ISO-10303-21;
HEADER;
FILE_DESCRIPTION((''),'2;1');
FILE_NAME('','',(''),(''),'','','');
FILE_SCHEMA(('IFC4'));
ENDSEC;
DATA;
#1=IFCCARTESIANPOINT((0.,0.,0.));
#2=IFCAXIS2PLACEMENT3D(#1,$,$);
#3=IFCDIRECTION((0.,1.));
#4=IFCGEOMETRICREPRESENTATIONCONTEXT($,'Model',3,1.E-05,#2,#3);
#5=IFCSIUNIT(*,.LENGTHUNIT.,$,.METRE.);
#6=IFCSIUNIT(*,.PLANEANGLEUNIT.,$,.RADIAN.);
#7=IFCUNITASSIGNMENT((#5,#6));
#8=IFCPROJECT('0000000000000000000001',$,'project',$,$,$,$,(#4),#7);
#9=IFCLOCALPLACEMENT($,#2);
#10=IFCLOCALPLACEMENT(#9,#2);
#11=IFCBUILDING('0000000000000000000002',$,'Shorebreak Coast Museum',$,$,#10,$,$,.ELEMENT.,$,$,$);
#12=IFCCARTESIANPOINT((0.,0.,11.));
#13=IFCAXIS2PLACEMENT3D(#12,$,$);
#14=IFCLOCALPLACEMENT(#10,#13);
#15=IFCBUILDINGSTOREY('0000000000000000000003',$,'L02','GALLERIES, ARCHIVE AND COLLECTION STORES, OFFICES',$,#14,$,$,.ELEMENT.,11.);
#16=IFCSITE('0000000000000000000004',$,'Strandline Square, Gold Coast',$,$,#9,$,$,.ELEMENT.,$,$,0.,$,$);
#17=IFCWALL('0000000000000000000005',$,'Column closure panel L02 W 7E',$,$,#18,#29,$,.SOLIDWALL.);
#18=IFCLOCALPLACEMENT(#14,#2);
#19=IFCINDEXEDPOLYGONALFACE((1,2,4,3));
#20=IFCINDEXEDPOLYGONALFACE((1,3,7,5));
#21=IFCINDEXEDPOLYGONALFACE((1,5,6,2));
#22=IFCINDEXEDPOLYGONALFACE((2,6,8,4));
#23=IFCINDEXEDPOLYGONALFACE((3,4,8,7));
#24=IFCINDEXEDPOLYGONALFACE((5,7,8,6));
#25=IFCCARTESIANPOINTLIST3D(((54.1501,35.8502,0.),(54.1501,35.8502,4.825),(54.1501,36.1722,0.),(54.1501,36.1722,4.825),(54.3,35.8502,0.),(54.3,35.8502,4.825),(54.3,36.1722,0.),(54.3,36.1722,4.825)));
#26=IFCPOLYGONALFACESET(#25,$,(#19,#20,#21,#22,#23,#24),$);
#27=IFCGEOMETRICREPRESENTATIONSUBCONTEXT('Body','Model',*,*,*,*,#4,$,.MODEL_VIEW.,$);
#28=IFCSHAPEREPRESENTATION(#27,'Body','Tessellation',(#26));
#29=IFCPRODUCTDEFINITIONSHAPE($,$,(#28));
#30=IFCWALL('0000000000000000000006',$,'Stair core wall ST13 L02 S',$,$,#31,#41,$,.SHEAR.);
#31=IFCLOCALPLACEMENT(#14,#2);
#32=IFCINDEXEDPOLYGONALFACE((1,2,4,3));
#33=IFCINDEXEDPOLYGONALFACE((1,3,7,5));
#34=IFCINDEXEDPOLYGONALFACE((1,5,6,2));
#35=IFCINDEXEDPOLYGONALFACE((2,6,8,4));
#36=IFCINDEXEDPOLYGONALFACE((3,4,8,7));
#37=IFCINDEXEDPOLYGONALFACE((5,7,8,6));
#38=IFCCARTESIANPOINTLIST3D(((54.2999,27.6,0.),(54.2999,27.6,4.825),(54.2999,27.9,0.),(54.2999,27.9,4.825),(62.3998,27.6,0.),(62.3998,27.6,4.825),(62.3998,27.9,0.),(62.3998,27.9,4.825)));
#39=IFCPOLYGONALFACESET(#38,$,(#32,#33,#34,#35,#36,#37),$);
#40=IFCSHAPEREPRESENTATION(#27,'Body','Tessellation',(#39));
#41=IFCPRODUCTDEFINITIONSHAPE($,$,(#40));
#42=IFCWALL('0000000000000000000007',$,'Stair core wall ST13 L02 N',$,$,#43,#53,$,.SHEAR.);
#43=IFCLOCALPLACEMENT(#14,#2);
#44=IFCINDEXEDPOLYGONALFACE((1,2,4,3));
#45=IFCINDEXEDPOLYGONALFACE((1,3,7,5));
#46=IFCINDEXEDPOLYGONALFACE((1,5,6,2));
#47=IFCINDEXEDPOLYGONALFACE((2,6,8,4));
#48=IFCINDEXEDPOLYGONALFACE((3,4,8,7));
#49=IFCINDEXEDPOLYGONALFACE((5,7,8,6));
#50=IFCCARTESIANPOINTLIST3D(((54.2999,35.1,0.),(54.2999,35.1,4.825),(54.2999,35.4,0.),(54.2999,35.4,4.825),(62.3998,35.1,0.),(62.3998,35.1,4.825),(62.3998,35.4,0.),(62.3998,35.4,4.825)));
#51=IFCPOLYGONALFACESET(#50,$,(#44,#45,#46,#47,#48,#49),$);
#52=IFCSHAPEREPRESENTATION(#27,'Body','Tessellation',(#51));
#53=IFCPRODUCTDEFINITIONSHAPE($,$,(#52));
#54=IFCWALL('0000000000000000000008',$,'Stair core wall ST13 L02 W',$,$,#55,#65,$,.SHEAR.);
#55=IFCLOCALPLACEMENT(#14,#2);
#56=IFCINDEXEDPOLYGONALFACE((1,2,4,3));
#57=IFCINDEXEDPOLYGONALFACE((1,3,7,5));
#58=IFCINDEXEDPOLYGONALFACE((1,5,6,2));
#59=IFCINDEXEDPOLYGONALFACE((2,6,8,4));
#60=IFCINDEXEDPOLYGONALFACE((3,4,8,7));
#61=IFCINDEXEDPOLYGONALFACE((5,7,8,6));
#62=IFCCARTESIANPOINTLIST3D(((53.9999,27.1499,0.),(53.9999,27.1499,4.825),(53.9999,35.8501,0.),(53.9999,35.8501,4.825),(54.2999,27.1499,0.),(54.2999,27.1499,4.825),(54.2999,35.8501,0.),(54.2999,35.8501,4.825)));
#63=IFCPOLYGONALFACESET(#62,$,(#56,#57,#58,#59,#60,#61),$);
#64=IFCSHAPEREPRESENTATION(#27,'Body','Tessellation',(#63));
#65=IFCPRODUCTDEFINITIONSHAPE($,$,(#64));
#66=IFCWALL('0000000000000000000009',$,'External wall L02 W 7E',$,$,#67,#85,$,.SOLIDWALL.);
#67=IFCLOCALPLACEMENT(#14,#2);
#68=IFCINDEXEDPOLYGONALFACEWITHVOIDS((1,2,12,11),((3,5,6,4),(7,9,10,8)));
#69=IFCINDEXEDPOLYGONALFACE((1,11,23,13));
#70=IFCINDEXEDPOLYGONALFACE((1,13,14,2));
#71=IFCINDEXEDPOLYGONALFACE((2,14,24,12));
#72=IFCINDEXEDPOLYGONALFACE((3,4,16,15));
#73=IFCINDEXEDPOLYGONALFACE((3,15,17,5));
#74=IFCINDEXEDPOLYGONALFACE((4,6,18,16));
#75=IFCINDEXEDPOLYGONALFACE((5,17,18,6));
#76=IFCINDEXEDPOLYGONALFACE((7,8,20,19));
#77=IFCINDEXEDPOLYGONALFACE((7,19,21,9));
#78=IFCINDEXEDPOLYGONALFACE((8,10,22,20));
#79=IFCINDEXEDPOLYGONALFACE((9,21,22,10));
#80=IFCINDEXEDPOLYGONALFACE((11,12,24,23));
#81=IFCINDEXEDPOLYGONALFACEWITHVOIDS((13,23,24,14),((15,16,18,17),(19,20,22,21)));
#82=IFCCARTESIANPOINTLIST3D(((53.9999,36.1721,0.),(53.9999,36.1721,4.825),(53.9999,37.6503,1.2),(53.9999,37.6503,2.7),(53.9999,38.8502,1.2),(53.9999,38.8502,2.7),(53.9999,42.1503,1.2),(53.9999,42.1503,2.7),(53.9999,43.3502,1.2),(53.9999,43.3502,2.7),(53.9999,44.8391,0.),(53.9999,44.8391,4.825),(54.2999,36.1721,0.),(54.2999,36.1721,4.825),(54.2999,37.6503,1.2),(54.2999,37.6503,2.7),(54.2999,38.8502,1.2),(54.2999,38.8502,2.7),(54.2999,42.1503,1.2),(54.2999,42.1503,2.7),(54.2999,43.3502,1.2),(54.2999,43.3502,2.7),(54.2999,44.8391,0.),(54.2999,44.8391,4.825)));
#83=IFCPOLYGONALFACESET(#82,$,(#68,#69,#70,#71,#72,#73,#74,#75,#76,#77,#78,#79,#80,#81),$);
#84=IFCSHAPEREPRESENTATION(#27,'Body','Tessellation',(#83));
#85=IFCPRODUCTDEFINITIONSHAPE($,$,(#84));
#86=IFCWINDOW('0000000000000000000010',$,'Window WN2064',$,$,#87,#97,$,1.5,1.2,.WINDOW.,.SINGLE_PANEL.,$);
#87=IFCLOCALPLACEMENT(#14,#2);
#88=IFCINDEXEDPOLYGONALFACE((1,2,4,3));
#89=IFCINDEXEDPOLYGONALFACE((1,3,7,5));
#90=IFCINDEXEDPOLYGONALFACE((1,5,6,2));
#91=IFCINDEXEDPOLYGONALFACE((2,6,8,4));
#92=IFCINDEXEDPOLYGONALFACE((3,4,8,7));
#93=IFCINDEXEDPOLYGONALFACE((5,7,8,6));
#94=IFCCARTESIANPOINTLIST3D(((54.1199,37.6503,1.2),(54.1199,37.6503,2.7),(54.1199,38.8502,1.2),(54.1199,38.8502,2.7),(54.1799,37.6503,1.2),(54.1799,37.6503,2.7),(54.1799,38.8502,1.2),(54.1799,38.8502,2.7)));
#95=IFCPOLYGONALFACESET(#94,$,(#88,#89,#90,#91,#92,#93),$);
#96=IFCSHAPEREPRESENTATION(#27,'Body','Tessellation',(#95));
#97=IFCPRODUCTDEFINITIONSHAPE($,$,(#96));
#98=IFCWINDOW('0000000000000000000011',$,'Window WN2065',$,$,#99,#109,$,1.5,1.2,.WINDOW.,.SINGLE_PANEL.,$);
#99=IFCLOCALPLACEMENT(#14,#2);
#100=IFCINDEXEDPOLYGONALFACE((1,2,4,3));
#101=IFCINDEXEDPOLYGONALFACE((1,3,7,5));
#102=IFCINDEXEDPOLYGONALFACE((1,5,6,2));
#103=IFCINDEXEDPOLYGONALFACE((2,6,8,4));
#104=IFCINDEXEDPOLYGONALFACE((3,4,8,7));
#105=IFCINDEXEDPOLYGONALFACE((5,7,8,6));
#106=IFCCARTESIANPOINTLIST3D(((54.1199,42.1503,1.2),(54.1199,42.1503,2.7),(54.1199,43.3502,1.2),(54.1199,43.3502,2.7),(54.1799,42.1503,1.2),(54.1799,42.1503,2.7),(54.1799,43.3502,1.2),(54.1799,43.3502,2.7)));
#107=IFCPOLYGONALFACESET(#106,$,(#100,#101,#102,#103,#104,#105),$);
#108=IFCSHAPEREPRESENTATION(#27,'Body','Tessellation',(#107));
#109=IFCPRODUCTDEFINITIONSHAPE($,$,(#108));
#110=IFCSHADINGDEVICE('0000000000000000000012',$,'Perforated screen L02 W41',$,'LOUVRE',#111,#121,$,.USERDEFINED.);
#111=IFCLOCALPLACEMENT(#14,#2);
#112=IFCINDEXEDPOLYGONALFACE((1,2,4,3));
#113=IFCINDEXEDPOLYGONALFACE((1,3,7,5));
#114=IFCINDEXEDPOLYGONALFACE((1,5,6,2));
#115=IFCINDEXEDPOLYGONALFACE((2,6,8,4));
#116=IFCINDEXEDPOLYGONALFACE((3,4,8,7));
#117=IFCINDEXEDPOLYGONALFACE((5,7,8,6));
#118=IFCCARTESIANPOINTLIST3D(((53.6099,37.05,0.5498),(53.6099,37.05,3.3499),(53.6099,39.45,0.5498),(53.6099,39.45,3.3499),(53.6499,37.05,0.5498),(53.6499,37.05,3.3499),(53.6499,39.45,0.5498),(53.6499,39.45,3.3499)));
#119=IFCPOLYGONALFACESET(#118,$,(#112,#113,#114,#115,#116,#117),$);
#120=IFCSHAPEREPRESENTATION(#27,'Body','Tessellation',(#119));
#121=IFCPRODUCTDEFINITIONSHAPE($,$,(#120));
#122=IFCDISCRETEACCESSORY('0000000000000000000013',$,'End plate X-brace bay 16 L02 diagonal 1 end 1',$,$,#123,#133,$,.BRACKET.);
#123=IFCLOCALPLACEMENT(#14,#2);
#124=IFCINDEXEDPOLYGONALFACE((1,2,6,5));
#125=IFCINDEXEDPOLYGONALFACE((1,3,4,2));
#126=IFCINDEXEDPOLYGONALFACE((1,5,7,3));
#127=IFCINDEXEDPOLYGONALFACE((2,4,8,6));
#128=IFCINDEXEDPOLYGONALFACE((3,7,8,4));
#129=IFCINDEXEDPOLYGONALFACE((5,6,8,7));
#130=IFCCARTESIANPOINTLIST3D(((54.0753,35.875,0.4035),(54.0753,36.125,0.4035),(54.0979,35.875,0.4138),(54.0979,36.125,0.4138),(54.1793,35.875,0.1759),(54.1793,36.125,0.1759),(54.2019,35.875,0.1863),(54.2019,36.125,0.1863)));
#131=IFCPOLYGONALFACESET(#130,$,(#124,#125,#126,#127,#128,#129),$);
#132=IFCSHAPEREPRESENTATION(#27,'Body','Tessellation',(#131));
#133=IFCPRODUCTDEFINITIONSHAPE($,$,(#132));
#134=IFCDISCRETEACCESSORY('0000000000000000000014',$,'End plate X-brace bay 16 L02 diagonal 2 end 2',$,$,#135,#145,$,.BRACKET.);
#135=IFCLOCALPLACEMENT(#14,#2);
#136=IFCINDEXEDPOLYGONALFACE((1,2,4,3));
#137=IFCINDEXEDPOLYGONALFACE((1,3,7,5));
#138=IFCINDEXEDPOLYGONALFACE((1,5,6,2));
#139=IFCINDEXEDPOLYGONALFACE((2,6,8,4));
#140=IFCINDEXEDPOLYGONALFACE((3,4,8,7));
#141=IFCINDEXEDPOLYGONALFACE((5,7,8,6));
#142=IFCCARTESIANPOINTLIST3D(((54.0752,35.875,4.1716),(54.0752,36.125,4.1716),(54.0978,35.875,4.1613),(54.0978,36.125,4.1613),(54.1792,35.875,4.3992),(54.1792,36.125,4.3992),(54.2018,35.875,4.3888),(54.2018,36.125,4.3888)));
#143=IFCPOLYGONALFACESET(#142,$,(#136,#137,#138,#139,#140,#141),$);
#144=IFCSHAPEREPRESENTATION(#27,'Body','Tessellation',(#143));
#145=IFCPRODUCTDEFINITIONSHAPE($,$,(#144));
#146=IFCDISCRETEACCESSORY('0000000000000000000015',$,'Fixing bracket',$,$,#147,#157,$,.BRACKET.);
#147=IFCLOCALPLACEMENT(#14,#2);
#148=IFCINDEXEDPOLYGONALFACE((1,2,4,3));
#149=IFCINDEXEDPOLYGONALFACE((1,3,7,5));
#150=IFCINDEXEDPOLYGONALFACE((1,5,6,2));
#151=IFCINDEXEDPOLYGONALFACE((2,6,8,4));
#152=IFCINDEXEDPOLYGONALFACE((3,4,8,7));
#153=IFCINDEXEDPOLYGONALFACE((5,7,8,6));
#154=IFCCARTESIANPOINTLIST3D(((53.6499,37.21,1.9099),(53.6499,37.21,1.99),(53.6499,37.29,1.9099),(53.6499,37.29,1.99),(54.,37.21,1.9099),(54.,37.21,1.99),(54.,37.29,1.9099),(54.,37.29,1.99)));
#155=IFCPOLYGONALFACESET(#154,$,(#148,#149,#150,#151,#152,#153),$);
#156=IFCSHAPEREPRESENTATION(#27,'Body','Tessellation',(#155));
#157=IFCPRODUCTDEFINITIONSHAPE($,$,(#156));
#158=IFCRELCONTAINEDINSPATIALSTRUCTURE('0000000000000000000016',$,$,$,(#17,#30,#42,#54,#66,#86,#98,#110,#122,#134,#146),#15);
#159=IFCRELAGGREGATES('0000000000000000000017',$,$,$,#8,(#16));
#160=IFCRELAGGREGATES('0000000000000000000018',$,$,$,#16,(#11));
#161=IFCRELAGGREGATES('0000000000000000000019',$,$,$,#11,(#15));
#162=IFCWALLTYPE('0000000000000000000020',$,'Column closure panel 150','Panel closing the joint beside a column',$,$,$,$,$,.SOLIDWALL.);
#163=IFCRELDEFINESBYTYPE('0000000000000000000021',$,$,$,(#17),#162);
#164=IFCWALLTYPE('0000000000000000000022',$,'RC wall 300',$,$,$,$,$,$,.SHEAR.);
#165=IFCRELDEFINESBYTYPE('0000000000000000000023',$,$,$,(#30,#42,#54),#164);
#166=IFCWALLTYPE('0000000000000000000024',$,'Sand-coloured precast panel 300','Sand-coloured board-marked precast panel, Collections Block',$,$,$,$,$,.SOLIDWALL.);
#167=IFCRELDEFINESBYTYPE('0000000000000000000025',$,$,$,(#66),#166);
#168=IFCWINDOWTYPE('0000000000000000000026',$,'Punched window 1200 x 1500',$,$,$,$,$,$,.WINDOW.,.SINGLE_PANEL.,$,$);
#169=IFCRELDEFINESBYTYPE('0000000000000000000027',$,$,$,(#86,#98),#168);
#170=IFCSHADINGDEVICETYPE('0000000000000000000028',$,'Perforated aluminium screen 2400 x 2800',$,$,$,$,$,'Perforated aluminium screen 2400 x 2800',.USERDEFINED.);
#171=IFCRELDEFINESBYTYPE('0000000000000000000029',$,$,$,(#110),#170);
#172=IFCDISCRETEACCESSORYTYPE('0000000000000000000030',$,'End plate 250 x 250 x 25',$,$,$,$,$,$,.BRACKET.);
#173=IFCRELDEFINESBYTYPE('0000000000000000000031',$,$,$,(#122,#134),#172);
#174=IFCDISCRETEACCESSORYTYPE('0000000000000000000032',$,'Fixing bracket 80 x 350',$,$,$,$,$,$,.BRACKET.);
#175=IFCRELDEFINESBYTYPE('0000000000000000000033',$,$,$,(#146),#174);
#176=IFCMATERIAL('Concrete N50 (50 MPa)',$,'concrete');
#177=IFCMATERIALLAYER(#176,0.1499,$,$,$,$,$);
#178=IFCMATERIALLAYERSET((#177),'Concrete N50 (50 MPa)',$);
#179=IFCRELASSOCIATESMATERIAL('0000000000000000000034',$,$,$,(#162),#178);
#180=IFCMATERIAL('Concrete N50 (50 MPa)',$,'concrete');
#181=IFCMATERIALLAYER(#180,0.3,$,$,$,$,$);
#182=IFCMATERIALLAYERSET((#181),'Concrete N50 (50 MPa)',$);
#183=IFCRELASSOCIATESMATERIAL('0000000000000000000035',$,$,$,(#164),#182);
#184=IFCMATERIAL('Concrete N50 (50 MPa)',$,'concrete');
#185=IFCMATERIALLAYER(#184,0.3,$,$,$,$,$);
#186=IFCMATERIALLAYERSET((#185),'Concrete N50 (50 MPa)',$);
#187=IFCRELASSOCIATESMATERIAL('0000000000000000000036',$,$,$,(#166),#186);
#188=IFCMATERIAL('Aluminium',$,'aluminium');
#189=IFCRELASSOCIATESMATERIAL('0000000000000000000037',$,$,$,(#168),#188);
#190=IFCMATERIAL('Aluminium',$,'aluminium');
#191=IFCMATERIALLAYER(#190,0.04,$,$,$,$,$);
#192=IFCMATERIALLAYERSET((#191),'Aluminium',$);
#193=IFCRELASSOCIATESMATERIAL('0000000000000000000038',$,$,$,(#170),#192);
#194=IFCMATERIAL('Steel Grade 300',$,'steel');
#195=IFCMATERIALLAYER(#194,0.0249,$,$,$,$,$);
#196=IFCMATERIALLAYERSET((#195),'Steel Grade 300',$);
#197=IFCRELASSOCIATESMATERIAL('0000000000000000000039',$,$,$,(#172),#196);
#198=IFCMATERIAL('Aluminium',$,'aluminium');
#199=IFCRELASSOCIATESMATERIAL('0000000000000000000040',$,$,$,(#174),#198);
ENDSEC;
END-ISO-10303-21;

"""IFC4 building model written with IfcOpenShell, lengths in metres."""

from ifc_helpers import new_model, si_unit, direction, frame, frame_2d, origin, origin_2d, place, context, subcontext, project, spatial, polyline, rectangle, outline, extrude, material, layer, layer_set, type_object, element, fill, save


model = new_model("IFC4")

# Units and contexts
model_context = context("Model", 3, precision=1e-05, world=origin(), true_north=direction((0.0, 1.0)))
body_context = subcontext(model_context, "Body", "Model", "MODEL_VIEW")
ifc_project = project(units=[si_unit("LENGTHUNIT", "METRE"), si_unit("PLANEANGLEUNIT", "RADIAN")], contexts=[model_context])

# Site, building, storey
site_placement = place(None, origin())
site = spatial("IfcSite", under=ifc_project, at=site_placement, Name="Strandline Square, Gold Coast", CompositionType="ELEMENT", RefElevation=0.0)
building_placement = place(site_placement, origin())
building = spatial("IfcBuilding", under=site, at=building_placement, Name="Shorebreak Coast Museum", CompositionType="ELEMENT")
storey_placement = place(building_placement, frame((0.0, 0.0, 11.0)))
storey = spatial("IfcBuildingStorey", under=building, at=storey_placement, Name="L02", Description="GALLERIES, ARCHIVE AND COLLECTION STORES, OFFICES", CompositionType="ELEMENT", Elevation=11.0)

# Walls
ifc_material_1 = material(Name="Concrete N50 (50 MPa)", Category="concrete")
ifc_layer_1 = layer(ifc_material_1, 0.1499)
ifc_layer_set_1 = layer_set([ifc_layer_1], Name="Concrete N50 (50 MPa)")
wall_type_1 = type_object("IfcWallType", Name="Column closure panel 150", Description="Panel closing the joint beside a column", PredefinedType="SOLIDWALL", material=ifc_layer_set_1)
wall_1_placement = place(storey_placement, frame((54.2251, 35.8501, 0.0), z_axis=(0.0, 0.0, 1.0), x_axis=(0.0, 1.0, 0.0)))
element("IfcWall", 1, at=wall_1_placement, inside=storey, type_object=wall_type_1, Name="Column closure panel L02 W 7E", PredefinedType="SOLIDWALL", context=body_context, shape_type="SweptSolid", body=[
    extrude(rectangle(XDim=0.322, YDim=0.1499, at=frame_2d((0.1611, 0.0))), origin(), (0.0, 0.0, 1.0), 4.825),
])
ifc_material_2 = material(Name="Concrete N50 (50 MPa)", Category="concrete")
ifc_layer_2 = layer(ifc_material_2, 0.3)
ifc_layer_set_2 = layer_set([ifc_layer_2], Name="Concrete N50 (50 MPa)")
wall_type_2 = type_object("IfcWallType", Name="RC wall 300", PredefinedType="SHEAR", material=ifc_layer_set_2)
for number, where, z_axis, x_axis, name in (
    (2, (54.3, 27.75, 0.0), (0.0, 0.0, 1.0), (1.0, 0.0, 0.0), "Stair core wall ST13 L02 S"),
    (3, (54.3, 35.25, 0.0), (0.0, 0.0, 1.0), (1.0, 0.0, 0.0), "Stair core wall ST13 L02 N"),
):
    element("IfcWall", number, at=place(storey_placement, frame(where, z_axis=z_axis, x_axis=x_axis)), inside=storey, type_object=wall_type_2, Name=name, PredefinedType="SHEAR", context=body_context, shape_type="SweptSolid", body=[
        extrude(rectangle(XDim=8.0999, YDim=0.3, at=frame_2d((4.0498, 0.0))), origin(), (0.0, 0.0, 1.0), 4.825),
    ])
wall_2_placement = place(storey_placement, frame((54.1499, 27.1499, 0.0), z_axis=(0.0, 0.0, 1.0), x_axis=(0.0, 1.0, 0.0)))
element("IfcWall", 4, at=wall_2_placement, inside=storey, type_object=wall_type_2, Name="Stair core wall ST13 L02 W", PredefinedType="SHEAR", context=body_context, shape_type="SweptSolid", body=[
    extrude(rectangle(XDim=8.7002, YDim=0.3, at=frame_2d((4.3501, 0.0))), origin(), (0.0, 0.0, 1.0), 4.825),
])

# Wall, openings, windows
ifc_material_3 = material(Name="Concrete N50 (50 MPa)", Category="concrete")
ifc_layer_3 = layer(ifc_material_3, 0.3)
ifc_layer_set_3 = layer_set([ifc_layer_3], Name="Concrete N50 (50 MPa)")
wall_type_3 = type_object("IfcWallType", Name="Sand-coloured precast panel 300", Description="Sand-coloured board-marked precast panel, Collections Block", PredefinedType="SOLIDWALL", material=ifc_layer_set_3)
wall_3_placement = place(storey_placement, frame((54.1499, 36.1721, 0.0), z_axis=(0.0, 0.0, 1.0), x_axis=(0.0, 1.0, 0.0)))
wall_3 = element("IfcWall", 5, at=wall_3_placement, inside=storey, type_object=wall_type_3, Name="External wall L02 W 7E", PredefinedType="SOLIDWALL", context=body_context, shape_type="SweptSolid", body=[
    extrude(rectangle(XDim=8.667, YDim=0.3, at=frame_2d((4.3335, 0.0))), origin(), (0.0, 0.0, 1.0), 4.825),
])
opening_1_placement = place(wall_3_placement, frame((1.478, 0.0, 1.2)))
opening_1 = element("IfcOpeningElement", 6, at=opening_1_placement, cuts=wall_3, PredefinedType="OPENING", context=body_context, shape_type="SweptSolid", body=[
    extrude(rectangle(XDim=1.2, YDim=1.5, at=frame_2d((0.6001, 0.75))), frame((0.0, 0.1599, 0.0), z_axis=(0.0, -1.0, 0.0), x_axis=(1.0, 0.0, 0.0)), (0.0, 0.0, 1.0), 0.3201),
])
opening_2_placement = place(wall_3_placement, frame((5.978, 0.0, 1.2)))
opening_2 = element("IfcOpeningElement", 7, at=opening_2_placement, cuts=wall_3, PredefinedType="OPENING", context=body_context, shape_type="SweptSolid", body=[
    extrude(rectangle(XDim=1.2, YDim=1.5, at=frame_2d((0.6001, 0.75))), frame((0.0, 0.1599, 0.0), z_axis=(0.0, -1.0, 0.0), x_axis=(1.0, 0.0, 0.0)), (0.0, 0.0, 1.0), 0.3201),
])
ifc_material_4 = material(Name="Aluminium", Category="aluminium")
window_type = type_object("IfcWindowType", Name="Punched window 1200 x 1500", PartitioningType="SINGLE_PANEL", PredefinedType="WINDOW", material=ifc_material_4)
window_1_placement = place(opening_1_placement, origin())
window_1 = element("IfcWindow", 8, at=window_1_placement, inside=storey, type_object=window_type, Name="Window WN2064", OverallHeight=1.5, OverallWidth=1.2, PartitioningType="SINGLE_PANEL", PredefinedType="WINDOW", context=body_context, shape_type="SweptSolid", body=[
    extrude(rectangle(XDim=1.2, YDim=1.5, at=frame_2d((0.6001, 0.75))), frame((0.0, 0.03, 0.0), z_axis=(0.0, -1.0, 0.0), x_axis=(1.0, 0.0, 0.0)), (0.0, 0.0, 1.0), 0.0601),
])
fill(opening_1, window_1)
window_2_placement = place(opening_2_placement, origin())
window_2 = element("IfcWindow", 9, at=window_2_placement, inside=storey, type_object=window_type, Name="Window WN2065", OverallHeight=1.5, OverallWidth=1.2, PartitioningType="SINGLE_PANEL", PredefinedType="WINDOW", context=body_context, shape_type="SweptSolid", body=[
    extrude(rectangle(XDim=1.2, YDim=1.5, at=frame_2d((0.6001, 0.75))), frame((0.0, 0.03, 0.0), z_axis=(0.0, -1.0, 0.0), x_axis=(1.0, 0.0, 0.0)), (0.0, 0.0, 1.0), 0.0601),
])
fill(opening_2, window_2)

# Shading device
ifc_material_5 = material(Name="Aluminium", Category="aluminium")
ifc_layer_4 = layer(ifc_material_5, 0.04)
ifc_layer_set_4 = layer_set([ifc_layer_4], Name="Aluminium")
shading_device_type = type_object("IfcShadingDeviceType", Name="Perforated aluminium screen 2400 x 2800", ElementType="Perforated aluminium screen 2400 x 2800", PredefinedType="USERDEFINED", material=ifc_layer_set_4)
shading_device_placement = place(storey_placement, frame((53.6299, 38.25, 0.5498), z_axis=(0.0, 0.0, 1.0), x_axis=(1.0, 0.0, 0.0)))
element("IfcShadingDevice", 10, at=shading_device_placement, inside=storey, type_object=shading_device_type, Name="Perforated screen L02 W41", ObjectType="LOUVRE", PredefinedType="USERDEFINED", context=body_context, shape_type="SweptSolid", body=[
    extrude(rectangle(XDim=0.04, YDim=2.3999, at=origin_2d()), origin(), (0.0, 0.0, 1.0), 2.8),
])

# Discrete accessories
ifc_material_6 = material(Name="Steel Grade 300", Category="steel")
ifc_layer_5 = layer(ifc_material_6, 0.0249)
ifc_layer_set_5 = layer_set([ifc_layer_5], Name="Steel Grade 300")
discrete_accessory_type_1 = type_object("IfcDiscreteAccessoryType", Name="End plate 250 x 250 x 25", PredefinedType="BRACKET", material=ifc_layer_set_5)
for number, where, z_axis, x_axis, name in (
    (11, (54.2019, 35.875, 0.1863), (0.909496, 0.0, 0.415714), (0.0, 1.0, 0.0), "End plate X-brace bay 16 L02 diagonal 1 end 1"),
    (12, (54.0752, 36.125, 4.1716), (-0.909496, 0.0, 0.415714), (0.0, -1.0, 0.0), "End plate X-brace bay 16 L02 diagonal 2 end 2"),
):
    element("IfcDiscreteAccessory", number, at=place(storey_placement, frame(where, z_axis=z_axis, x_axis=x_axis)), inside=storey, type_object=discrete_accessory_type_1, Name=name, PredefinedType="BRACKET", context=body_context, shape_type="SweptSolid", body=[
        extrude(outline(polyline([(0.0, 0.0), (0.25, 0.0), (0.25, 0.2502), (0.0, 0.2502), (0.0, 0.0)])), origin(), (0.0, 0.0, -1.0), 0.0249),
    ])
ifc_material_7 = material(Name="Aluminium", Category="aluminium")
discrete_accessory_type_2 = type_object("IfcDiscreteAccessoryType", Name="Fixing bracket 80 x 350", PredefinedType="BRACKET", material=ifc_material_7)
discrete_accessory_placement = place(storey_placement, frame((53.825, 37.25, 1.9099), z_axis=(0.0, 0.0, 1.0), x_axis=(1.0, 0.0, 0.0)))
element("IfcDiscreteAccessory", 13, at=discrete_accessory_placement, inside=storey, type_object=discrete_accessory_type_2, Name="Fixing bracket", PredefinedType="BRACKET", context=body_context, shape_type="SweptSolid", body=[
    extrude(rectangle(XDim=0.3501, YDim=0.0801, at=origin_2d()), origin(), (0.0, 0.0, 1.0), 0.0801),
])

save(model, "model.ifc")
